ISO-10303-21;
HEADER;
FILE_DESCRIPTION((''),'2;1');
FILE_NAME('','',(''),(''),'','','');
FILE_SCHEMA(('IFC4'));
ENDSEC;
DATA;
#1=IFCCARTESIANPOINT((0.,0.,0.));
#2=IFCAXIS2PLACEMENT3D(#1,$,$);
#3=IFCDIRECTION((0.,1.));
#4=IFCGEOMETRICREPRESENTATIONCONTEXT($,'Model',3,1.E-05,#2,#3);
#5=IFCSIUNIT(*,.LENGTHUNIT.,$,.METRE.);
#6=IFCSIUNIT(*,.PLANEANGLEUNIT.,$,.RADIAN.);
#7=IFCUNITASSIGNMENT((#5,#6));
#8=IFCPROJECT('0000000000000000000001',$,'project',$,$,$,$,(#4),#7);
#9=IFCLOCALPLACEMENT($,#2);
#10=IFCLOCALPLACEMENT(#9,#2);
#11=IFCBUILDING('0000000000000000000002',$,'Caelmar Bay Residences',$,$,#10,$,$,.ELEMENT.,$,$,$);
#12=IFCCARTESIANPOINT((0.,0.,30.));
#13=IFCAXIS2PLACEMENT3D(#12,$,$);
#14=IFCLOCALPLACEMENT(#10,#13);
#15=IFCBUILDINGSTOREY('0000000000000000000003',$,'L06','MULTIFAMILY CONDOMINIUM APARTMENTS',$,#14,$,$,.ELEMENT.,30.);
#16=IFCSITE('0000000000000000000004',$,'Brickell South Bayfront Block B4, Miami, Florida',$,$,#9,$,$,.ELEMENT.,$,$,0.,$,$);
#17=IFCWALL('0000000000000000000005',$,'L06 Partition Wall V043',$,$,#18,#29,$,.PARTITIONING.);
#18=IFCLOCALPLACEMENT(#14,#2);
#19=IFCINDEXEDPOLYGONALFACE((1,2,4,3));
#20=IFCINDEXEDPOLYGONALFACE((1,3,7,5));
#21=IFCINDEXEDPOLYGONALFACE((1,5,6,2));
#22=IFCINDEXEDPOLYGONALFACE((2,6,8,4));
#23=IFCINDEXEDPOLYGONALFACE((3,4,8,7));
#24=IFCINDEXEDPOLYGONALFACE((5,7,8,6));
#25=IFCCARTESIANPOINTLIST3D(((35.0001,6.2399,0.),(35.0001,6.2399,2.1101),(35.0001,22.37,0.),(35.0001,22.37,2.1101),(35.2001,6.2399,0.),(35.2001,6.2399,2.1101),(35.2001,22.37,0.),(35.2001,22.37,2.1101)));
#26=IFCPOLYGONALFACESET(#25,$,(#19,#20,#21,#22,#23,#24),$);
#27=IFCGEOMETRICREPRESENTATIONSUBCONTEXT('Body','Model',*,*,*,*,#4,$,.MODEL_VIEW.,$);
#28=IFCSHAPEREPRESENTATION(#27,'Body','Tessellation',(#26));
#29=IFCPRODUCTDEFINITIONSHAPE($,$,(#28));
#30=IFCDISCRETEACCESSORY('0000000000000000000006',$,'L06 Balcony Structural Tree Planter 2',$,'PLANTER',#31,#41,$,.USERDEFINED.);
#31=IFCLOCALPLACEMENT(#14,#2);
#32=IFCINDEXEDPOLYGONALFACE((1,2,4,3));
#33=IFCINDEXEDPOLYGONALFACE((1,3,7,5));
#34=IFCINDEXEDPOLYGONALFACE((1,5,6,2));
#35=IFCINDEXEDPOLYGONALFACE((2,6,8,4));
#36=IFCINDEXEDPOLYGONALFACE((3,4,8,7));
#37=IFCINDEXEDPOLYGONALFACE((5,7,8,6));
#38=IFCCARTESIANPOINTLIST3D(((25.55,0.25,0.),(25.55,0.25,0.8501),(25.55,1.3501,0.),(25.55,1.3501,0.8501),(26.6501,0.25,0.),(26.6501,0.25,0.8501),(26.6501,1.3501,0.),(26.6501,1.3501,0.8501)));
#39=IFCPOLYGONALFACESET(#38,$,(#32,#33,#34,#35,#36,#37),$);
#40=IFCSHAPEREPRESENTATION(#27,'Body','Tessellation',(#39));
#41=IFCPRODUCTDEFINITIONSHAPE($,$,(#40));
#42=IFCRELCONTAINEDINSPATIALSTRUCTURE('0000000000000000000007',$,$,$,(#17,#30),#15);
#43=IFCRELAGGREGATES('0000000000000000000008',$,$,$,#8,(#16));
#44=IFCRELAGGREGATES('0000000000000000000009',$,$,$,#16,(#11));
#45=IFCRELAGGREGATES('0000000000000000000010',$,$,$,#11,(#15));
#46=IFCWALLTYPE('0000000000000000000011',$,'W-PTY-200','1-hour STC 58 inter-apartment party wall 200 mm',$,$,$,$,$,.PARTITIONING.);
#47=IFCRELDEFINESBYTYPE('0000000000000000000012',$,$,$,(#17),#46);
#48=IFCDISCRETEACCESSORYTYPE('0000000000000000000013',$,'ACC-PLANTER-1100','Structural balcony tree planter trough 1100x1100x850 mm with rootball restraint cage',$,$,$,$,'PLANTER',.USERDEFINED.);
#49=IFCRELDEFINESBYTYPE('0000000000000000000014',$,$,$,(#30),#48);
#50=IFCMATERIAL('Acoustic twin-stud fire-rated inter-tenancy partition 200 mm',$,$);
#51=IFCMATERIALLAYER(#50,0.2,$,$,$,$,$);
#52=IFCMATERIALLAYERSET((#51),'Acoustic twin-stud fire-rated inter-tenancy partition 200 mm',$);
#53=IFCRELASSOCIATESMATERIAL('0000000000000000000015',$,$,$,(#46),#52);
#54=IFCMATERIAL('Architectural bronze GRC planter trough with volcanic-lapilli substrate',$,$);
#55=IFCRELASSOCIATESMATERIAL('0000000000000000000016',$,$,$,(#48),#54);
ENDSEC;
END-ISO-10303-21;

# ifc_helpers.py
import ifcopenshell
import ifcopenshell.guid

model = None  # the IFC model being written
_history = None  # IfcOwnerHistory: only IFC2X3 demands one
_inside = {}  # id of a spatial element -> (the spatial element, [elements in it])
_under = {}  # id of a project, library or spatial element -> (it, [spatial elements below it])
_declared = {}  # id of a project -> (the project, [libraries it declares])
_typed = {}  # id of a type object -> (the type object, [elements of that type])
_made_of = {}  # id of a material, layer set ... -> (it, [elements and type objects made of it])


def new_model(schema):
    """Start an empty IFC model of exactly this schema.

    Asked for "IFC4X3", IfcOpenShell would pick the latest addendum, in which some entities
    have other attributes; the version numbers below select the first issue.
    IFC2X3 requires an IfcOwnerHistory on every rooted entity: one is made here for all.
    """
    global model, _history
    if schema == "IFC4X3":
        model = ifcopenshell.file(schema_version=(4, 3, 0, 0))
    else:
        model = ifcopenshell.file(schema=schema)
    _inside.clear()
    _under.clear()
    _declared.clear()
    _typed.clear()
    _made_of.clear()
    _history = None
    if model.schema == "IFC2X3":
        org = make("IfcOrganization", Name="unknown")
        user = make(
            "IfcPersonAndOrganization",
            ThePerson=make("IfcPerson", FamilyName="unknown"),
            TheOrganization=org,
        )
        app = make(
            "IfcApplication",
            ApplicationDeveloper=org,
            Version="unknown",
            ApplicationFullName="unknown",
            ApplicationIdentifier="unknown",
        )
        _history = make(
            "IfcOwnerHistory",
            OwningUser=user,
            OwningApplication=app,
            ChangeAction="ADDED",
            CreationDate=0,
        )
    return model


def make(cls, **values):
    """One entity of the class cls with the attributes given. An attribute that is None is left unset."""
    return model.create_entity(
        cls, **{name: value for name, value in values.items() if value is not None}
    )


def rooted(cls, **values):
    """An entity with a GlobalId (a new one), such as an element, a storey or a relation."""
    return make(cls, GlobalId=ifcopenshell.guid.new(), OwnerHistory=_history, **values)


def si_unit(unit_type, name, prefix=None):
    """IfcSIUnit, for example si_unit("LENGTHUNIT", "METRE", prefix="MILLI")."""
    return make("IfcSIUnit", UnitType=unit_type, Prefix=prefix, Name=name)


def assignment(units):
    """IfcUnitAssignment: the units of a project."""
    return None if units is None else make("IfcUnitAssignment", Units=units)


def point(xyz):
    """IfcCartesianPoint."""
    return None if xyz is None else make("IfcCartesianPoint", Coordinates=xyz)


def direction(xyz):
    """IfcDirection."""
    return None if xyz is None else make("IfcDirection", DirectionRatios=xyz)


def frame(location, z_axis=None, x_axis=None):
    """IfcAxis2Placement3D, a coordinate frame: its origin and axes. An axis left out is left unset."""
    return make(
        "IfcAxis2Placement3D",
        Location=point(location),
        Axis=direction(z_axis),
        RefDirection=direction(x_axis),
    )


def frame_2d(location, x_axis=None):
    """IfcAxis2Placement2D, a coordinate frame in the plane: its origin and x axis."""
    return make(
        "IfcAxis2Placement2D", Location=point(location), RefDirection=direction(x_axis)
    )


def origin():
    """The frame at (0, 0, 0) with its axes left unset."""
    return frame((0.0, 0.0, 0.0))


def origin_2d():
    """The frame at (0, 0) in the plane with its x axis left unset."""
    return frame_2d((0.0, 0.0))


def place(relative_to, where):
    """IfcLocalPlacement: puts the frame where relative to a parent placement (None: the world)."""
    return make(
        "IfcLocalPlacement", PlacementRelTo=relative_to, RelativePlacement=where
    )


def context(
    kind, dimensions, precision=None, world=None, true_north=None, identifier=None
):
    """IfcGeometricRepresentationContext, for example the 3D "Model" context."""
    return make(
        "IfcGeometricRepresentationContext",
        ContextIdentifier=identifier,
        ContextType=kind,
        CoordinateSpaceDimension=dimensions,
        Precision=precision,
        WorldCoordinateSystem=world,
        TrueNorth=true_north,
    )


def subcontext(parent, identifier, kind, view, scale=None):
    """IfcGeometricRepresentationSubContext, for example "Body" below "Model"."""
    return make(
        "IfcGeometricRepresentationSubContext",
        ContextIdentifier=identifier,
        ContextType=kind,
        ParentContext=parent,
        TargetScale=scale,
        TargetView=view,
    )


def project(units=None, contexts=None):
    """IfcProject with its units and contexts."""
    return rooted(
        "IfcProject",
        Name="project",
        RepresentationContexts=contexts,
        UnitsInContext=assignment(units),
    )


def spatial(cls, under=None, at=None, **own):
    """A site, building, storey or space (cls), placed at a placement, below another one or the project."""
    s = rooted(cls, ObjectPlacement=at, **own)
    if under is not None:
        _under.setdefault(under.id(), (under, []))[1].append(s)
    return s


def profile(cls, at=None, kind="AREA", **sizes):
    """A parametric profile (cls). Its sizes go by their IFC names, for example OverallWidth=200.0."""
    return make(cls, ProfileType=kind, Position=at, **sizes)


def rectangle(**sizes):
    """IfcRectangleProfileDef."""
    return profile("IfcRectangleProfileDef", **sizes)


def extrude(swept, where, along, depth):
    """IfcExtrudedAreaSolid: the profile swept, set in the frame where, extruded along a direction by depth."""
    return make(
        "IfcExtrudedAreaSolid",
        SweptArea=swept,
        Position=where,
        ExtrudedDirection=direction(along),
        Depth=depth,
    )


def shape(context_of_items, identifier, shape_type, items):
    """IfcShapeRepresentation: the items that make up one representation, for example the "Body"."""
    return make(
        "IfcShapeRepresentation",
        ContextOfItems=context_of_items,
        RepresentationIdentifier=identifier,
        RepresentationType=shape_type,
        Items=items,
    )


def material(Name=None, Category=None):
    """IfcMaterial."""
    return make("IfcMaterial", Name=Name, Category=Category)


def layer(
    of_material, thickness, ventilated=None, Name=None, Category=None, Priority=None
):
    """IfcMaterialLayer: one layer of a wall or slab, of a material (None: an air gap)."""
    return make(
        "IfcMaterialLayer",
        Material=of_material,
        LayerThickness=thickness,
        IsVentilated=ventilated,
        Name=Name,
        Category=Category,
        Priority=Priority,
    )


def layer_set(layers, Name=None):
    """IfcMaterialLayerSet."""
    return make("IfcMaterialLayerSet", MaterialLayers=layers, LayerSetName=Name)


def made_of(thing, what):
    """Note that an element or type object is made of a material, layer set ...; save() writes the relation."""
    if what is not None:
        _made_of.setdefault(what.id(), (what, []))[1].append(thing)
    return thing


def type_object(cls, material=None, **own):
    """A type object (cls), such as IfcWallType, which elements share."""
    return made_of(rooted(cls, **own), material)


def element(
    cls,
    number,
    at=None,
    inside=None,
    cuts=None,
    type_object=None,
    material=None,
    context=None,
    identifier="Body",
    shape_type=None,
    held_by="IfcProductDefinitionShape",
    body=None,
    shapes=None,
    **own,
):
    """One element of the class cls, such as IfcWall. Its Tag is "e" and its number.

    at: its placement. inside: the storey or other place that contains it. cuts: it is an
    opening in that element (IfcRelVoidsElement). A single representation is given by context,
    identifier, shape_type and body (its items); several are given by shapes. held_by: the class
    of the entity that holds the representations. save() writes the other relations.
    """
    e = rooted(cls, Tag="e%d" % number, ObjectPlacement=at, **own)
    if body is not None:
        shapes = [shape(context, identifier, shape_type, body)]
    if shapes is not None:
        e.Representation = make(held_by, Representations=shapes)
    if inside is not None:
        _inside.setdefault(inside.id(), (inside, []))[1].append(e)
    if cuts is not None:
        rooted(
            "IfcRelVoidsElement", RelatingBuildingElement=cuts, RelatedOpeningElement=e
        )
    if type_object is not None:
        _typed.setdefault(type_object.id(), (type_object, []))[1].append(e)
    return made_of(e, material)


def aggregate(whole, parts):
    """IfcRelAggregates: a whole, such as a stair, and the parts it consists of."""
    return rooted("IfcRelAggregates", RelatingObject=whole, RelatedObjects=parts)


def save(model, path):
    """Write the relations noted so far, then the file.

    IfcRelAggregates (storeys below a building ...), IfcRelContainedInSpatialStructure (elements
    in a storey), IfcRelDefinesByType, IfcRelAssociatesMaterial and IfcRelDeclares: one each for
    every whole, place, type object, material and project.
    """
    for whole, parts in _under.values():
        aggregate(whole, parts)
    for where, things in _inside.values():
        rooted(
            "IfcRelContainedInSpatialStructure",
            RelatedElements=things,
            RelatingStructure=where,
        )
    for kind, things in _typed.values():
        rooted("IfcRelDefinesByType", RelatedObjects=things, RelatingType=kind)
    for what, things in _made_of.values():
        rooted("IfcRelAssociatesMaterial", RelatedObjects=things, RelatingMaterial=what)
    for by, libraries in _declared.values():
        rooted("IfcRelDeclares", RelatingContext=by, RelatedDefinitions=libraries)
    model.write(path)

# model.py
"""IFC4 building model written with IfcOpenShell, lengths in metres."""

from ifc_helpers import new_model, si_unit, direction, frame, frame_2d, origin, origin_2d, place, context, subcontext, project, spatial, rectangle, extrude, material, layer, layer_set, type_object, element, save


model = new_model("IFC4")

# Units and contexts
model_context = context("Model", 3, precision=1e-05, world=origin(), true_north=direction((0.0, 1.0)))
body_context = subcontext(model_context, "Body", "Model", "MODEL_VIEW")
ifc_project = project(units=[si_unit("LENGTHUNIT", "METRE"), si_unit("PLANEANGLEUNIT", "RADIAN")], contexts=[model_context])

# Site, building, storey
site_placement = place(None, origin())
site = spatial("IfcSite", under=ifc_project, at=site_placement, Name="Brickell South Bayfront Block B4, Miami, Florida", CompositionType="ELEMENT", RefElevation=0.0)
building_placement = place(site_placement, origin())
building = spatial("IfcBuilding", under=site, at=building_placement, Name="Caelmar Bay Residences", CompositionType="ELEMENT")
storey_placement = place(building_placement, frame((0.0, 0.0, 30.0)))
storey = spatial("IfcBuildingStorey", under=building, at=storey_placement, Name="L06", Description="MULTIFAMILY CONDOMINIUM APARTMENTS", CompositionType="ELEMENT", Elevation=30.0)

# Wall
ifc_material_1 = material(Name="Acoustic twin-stud fire-rated inter-tenancy partition 200 mm")
ifc_layer_1 = layer(ifc_material_1, 0.2)
ifc_layer_set_1 = layer_set([ifc_layer_1], Name="Acoustic twin-stud fire-rated inter-tenancy partition 200 mm")
wall_type_1 = type_object("IfcWallType", Name="W-PTY-200", Description="1-hour STC 58 inter-apartment party wall 200 mm", PredefinedType="PARTITIONING", material=ifc_layer_set_1)
wall_1_placement = place(storey_placement, frame((35.1001, 6.24, 0.0), z_axis=(0.0, 0.0, 1.0), x_axis=(0.0, 1.0, 0.0)))
element("IfcWall", 1, at=wall_1_placement, inside=storey, type_object=wall_type_1, Name="L06 Partition Wall V043", PredefinedType="PARTITIONING", context=body_context, shape_type="SweptSolid", body=[
    extrude(rectangle(XDim=16.1301, YDim=0.2, at=frame_2d((8.0649, 0.0))), origin(), (0.0, 0.0, 1.0), 2.1101),
])

# Discrete accessory
ifc_material_2 = material(Name="Architectural bronze GRC planter trough with volcanic-lapilli substrate")
discrete_accessory_type = type_object("IfcDiscreteAccessoryType", Name="ACC-PLANTER-1100", Description="Structural balcony tree planter trough 1100x1100x850 mm with rootball restraint cage", ElementType="PLANTER", PredefinedType="USERDEFINED", material=ifc_material_2)
discrete_accessory_placement = place(storey_placement, frame((26.1001, 0.8, 0.0), z_axis=(0.0, 0.0, 1.0), x_axis=(1.0, 0.0, 0.0)))
element("IfcDiscreteAccessory", 2, at=discrete_accessory_placement, inside=storey, type_object=discrete_accessory_type, Name="L06 Balcony Structural Tree Planter 2", ObjectType="PLANTER", PredefinedType="USERDEFINED", context=body_context, shape_type="SweptSolid", body=[
    extrude(rectangle(XDim=1.1001, YDim=1.1001, at=origin_2d()), origin(), (0.0, 0.0, 1.0), 0.8501),
])

save(model, "model.ifc")
